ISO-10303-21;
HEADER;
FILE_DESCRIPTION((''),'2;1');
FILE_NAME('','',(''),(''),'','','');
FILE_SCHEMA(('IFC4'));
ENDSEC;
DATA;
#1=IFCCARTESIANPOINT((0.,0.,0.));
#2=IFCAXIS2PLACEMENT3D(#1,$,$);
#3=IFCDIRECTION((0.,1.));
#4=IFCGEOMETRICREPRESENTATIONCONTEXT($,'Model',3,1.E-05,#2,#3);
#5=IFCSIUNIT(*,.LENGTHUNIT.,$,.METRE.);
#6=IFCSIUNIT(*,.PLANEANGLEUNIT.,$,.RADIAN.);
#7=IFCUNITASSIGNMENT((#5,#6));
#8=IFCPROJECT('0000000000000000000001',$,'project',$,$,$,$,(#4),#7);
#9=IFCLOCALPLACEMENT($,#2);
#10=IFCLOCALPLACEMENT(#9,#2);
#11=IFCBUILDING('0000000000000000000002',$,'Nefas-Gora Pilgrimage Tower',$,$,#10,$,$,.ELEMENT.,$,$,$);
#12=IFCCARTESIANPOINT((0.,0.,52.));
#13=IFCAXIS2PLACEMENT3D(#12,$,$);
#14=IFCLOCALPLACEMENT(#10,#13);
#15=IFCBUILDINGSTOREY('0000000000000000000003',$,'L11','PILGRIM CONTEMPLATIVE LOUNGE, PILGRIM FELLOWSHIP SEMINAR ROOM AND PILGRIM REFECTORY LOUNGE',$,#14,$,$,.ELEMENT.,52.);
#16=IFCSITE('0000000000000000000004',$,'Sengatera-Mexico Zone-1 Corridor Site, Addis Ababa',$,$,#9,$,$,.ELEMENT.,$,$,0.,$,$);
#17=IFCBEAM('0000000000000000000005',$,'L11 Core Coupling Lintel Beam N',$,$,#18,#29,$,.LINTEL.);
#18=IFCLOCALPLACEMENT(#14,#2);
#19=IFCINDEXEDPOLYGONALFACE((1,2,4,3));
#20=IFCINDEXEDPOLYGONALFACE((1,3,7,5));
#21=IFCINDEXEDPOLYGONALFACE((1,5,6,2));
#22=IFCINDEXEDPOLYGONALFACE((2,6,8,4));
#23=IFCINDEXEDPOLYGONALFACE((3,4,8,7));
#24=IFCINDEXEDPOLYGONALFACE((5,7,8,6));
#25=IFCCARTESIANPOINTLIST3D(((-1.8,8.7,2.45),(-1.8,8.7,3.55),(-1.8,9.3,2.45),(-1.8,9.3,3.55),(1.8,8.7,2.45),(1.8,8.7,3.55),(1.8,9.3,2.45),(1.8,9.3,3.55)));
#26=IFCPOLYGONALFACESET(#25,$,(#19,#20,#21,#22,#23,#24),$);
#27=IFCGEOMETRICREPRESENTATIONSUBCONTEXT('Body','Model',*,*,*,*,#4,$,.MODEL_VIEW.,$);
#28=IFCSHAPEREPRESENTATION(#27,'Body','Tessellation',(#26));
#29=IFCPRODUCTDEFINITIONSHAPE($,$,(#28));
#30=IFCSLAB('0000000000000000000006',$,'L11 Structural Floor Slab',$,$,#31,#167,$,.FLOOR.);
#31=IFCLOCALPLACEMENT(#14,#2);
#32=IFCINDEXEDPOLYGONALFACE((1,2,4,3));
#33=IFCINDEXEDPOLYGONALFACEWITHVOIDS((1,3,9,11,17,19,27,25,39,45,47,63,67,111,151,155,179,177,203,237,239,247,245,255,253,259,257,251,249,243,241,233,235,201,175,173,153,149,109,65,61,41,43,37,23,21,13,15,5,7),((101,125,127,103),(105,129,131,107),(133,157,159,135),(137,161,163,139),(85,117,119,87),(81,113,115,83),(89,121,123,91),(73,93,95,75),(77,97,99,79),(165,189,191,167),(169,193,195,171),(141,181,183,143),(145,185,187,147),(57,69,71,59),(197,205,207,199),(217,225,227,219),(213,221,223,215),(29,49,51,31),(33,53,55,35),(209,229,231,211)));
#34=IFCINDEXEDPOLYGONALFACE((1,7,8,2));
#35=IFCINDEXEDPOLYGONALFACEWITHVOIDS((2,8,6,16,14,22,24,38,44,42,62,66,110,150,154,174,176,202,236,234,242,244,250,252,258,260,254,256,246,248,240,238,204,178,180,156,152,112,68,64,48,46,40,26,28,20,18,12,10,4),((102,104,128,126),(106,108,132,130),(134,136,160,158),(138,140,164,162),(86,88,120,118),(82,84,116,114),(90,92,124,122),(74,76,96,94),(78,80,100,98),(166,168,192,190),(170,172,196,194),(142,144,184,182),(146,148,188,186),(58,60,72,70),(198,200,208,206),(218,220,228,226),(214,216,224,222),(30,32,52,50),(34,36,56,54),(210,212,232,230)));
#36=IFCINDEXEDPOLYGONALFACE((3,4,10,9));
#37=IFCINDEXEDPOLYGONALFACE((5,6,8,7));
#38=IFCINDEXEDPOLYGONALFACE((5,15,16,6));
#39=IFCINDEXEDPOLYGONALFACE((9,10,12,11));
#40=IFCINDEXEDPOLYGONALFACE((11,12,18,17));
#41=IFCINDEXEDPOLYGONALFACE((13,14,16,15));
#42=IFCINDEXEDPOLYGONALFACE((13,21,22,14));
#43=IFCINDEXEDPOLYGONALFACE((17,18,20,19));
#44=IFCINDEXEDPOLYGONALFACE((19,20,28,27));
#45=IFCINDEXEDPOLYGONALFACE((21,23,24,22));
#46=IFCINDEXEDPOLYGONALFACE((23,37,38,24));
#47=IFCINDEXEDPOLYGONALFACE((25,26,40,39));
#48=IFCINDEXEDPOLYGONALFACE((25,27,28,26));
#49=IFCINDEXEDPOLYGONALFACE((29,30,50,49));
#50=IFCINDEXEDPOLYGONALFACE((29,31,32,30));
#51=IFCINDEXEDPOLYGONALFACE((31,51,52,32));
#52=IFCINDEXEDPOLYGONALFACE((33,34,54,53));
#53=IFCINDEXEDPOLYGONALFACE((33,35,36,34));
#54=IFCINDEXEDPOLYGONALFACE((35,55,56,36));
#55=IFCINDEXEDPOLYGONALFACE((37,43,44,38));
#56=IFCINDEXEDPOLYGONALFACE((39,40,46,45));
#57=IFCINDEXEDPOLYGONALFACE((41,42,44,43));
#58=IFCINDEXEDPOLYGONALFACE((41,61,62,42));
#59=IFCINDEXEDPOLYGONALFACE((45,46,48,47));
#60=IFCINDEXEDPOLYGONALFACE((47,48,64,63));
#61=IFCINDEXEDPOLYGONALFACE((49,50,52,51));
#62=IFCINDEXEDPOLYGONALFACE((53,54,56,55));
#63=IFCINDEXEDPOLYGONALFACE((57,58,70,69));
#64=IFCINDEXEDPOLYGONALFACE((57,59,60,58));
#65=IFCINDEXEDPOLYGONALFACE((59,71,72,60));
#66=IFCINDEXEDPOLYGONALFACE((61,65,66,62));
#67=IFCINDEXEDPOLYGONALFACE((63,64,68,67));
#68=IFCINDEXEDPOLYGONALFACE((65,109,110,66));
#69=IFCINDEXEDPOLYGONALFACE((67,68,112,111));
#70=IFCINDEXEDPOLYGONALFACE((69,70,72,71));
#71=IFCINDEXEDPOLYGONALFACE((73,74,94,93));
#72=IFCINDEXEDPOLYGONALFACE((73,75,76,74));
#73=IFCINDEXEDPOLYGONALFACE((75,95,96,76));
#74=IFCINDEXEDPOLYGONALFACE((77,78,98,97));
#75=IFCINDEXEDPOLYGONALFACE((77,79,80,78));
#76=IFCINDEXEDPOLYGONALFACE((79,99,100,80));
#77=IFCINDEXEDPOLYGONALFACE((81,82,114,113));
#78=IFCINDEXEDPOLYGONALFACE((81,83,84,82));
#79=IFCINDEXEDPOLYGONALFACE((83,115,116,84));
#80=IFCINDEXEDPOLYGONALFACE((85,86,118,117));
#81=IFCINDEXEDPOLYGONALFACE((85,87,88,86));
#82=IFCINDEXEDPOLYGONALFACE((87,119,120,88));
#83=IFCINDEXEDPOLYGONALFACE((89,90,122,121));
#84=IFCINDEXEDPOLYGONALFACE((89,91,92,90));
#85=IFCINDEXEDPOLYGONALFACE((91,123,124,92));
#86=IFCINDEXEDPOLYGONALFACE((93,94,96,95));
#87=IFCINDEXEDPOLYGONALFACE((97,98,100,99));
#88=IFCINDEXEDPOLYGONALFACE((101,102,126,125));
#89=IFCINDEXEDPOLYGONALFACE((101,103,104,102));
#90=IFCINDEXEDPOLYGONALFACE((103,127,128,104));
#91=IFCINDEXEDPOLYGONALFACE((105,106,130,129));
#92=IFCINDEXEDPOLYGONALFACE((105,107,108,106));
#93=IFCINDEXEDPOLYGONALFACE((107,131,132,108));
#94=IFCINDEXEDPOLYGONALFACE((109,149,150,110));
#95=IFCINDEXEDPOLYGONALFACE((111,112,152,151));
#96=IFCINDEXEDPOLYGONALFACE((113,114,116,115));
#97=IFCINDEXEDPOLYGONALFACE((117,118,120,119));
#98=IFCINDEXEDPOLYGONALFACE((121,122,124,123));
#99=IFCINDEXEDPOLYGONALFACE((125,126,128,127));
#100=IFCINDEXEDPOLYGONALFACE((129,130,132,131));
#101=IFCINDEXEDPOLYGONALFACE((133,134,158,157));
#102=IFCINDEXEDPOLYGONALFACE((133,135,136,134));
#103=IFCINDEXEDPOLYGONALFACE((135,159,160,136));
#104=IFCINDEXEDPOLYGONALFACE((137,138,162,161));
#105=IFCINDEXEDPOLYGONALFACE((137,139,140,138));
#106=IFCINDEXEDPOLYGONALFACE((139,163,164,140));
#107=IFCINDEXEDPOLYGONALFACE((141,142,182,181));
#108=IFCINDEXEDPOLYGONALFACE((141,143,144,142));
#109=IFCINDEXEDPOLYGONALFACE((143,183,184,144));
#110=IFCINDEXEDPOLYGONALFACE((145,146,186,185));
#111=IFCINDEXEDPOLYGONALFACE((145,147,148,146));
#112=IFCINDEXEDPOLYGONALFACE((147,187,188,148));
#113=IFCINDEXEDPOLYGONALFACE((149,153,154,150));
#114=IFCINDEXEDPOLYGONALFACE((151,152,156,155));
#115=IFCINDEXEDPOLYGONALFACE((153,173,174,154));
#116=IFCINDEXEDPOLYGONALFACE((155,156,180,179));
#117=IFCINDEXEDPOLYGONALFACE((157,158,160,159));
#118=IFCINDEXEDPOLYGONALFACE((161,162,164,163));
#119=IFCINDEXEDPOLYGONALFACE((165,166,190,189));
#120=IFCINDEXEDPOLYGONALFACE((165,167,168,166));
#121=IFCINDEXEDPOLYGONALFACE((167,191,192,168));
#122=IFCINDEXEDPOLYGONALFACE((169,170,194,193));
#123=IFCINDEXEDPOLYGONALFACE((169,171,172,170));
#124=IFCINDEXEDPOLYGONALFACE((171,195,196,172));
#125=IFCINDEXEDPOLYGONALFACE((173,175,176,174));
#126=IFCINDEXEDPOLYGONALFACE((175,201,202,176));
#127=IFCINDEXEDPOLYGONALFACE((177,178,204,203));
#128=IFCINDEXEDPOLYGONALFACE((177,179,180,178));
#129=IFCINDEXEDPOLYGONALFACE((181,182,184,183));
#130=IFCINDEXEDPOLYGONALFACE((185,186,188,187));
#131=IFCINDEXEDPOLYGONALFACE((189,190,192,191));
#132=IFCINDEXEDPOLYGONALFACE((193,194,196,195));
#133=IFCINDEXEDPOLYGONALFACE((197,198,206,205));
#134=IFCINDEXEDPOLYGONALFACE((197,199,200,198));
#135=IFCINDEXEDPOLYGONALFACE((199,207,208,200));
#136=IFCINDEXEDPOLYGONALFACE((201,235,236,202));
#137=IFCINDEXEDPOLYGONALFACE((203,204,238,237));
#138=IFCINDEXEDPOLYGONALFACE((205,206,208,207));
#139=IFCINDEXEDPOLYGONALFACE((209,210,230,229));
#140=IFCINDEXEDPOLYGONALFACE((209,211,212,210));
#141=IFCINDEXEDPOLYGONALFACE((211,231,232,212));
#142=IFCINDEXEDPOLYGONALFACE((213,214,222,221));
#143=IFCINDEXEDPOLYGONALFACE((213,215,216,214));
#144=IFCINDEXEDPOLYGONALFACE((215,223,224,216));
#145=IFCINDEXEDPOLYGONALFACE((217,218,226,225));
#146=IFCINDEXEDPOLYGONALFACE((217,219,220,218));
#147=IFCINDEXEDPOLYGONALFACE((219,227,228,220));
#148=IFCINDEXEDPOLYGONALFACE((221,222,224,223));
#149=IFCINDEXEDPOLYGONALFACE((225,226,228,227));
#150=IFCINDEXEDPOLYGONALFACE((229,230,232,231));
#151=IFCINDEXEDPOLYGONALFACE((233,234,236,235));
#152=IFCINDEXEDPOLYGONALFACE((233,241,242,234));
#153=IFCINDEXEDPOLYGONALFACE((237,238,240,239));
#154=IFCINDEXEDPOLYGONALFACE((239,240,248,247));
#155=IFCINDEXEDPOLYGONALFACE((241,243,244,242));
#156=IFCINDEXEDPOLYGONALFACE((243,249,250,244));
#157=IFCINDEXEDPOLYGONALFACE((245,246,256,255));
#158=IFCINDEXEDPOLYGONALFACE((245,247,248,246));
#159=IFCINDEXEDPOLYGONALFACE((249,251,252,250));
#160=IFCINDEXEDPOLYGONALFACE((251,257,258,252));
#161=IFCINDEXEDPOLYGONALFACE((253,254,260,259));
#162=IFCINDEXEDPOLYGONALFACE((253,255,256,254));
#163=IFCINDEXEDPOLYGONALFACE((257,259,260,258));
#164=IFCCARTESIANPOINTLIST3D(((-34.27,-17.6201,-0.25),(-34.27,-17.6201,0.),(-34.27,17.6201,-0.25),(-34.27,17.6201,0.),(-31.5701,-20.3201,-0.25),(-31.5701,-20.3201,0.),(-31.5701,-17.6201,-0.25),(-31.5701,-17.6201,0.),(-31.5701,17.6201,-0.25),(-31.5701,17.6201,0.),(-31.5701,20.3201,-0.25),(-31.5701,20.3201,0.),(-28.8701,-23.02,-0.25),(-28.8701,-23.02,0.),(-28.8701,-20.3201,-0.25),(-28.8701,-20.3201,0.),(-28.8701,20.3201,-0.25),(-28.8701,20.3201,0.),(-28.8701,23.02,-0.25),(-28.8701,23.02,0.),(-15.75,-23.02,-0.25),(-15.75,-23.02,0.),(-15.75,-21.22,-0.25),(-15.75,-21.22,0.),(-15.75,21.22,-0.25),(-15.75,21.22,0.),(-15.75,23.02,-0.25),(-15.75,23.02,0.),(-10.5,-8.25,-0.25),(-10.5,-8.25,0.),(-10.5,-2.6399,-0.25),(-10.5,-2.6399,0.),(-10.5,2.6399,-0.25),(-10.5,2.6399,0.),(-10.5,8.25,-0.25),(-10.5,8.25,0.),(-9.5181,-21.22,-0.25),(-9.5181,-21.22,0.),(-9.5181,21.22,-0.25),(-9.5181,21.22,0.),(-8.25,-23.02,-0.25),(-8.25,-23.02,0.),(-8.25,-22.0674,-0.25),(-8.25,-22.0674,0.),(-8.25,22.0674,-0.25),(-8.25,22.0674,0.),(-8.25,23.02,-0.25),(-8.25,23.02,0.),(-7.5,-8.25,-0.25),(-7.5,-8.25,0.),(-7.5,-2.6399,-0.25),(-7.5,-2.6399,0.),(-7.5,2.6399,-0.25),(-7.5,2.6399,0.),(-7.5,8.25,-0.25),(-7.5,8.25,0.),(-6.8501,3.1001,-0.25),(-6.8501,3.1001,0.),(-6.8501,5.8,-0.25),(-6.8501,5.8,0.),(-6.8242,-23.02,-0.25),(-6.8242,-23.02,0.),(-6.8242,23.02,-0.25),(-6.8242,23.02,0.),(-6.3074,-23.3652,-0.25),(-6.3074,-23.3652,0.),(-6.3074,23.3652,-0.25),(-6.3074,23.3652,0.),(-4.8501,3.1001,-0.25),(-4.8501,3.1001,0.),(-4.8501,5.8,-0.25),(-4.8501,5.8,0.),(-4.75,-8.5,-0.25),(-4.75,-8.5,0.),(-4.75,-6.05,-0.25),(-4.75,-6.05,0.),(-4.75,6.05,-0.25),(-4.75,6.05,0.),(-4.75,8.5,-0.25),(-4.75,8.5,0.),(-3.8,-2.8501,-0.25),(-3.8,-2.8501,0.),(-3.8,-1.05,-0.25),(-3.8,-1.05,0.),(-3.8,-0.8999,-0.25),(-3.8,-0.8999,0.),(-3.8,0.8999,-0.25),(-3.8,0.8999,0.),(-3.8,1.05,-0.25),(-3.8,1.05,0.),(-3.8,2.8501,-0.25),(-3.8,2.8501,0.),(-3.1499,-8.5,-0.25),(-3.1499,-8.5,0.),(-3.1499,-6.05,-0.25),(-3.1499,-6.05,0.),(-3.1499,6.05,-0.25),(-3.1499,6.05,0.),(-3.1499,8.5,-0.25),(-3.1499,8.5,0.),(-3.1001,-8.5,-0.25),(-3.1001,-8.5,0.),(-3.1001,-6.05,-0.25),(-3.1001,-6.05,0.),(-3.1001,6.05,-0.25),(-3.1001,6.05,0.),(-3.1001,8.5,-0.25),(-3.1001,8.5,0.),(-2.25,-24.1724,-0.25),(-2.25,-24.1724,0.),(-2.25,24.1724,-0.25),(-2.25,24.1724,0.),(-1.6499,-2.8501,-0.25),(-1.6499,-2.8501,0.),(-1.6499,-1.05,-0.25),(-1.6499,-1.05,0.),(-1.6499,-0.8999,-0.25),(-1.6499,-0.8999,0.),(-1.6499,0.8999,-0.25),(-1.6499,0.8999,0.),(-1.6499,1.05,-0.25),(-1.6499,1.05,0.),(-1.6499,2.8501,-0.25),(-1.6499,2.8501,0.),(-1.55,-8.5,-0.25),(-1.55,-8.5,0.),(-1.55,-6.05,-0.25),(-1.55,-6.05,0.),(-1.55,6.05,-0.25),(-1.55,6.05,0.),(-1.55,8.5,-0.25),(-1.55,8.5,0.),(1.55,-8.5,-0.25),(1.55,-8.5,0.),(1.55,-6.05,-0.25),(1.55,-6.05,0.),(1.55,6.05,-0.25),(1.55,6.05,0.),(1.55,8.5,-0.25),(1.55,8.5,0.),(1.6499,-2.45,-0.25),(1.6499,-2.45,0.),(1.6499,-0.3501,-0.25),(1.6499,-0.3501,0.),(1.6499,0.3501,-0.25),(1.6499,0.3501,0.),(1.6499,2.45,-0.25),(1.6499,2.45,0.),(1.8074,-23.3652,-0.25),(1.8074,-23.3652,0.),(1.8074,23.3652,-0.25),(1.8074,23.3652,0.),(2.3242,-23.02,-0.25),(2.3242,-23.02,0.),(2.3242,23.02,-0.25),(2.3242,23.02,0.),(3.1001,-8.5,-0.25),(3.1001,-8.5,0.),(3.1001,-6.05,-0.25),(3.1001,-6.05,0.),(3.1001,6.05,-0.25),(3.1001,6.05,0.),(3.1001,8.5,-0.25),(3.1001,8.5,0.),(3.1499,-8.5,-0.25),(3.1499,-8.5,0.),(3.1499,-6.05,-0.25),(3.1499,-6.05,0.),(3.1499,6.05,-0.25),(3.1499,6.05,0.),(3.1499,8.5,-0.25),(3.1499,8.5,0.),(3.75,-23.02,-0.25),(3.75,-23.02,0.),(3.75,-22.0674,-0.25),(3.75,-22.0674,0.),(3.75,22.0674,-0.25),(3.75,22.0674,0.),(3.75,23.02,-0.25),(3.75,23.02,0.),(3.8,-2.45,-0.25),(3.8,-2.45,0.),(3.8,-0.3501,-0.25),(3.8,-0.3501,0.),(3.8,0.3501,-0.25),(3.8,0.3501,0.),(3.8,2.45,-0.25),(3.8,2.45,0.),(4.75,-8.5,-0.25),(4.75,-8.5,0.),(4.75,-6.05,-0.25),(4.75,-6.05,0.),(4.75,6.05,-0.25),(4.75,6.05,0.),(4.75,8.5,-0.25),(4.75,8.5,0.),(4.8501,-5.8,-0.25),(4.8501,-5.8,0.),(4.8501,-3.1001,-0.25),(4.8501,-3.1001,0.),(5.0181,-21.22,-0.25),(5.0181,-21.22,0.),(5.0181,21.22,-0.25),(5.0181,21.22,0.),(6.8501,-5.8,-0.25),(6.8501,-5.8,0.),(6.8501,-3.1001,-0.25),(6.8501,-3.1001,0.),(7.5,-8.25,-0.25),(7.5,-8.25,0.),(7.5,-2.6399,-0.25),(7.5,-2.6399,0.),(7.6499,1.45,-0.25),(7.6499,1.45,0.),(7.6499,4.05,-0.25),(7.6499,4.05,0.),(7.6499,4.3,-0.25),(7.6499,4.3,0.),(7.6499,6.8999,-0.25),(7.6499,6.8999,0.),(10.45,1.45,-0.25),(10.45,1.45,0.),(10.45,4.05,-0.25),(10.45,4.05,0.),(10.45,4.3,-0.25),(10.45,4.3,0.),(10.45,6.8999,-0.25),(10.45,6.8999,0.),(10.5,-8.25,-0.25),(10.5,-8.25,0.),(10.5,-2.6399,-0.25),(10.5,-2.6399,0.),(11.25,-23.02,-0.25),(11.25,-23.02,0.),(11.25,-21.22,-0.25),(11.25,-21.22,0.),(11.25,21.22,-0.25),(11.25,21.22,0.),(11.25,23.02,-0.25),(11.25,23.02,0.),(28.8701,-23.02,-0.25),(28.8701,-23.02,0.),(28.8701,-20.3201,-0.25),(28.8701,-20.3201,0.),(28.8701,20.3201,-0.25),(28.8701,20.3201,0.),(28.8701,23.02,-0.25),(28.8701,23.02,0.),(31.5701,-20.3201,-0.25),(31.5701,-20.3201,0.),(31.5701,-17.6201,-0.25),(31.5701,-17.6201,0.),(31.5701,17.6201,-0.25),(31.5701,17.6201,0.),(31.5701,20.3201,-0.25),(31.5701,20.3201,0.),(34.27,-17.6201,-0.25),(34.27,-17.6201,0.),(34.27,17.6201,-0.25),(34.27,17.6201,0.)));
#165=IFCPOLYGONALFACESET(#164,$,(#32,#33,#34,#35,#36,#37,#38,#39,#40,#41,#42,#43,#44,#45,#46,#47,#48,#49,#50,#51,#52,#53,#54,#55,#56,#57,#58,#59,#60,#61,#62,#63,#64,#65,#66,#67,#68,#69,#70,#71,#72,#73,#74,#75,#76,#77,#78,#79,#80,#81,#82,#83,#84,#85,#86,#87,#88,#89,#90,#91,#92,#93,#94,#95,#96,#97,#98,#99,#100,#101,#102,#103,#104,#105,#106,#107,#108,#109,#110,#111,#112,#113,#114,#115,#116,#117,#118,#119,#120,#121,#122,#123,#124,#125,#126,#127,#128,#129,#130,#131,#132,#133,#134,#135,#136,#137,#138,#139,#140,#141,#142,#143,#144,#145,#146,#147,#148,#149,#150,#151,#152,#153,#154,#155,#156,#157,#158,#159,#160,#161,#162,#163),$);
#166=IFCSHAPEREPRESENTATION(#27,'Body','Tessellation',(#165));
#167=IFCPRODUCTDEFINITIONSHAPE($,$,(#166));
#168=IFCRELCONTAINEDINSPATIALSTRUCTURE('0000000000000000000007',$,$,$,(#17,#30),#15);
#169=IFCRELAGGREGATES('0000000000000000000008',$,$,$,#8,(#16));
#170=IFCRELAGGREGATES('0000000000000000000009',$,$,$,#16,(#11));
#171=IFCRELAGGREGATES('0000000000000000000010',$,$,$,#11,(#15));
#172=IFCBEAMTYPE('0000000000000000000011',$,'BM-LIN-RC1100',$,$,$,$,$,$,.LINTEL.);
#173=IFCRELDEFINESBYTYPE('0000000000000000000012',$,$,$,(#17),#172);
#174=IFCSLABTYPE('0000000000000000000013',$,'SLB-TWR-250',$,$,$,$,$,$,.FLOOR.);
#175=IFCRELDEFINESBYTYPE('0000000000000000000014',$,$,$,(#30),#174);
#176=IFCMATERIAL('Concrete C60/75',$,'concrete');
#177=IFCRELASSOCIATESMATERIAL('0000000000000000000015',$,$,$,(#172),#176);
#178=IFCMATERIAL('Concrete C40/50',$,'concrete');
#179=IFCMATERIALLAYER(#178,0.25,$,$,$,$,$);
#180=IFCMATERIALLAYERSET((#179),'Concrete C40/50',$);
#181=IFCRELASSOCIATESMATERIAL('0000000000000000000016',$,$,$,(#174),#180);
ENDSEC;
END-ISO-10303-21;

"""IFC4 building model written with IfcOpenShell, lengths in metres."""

from ifc_helpers import new_model, si_unit, direction, frame, origin, origin_2d, place, context, subcontext, project, spatial, polyline, rectangle, outline, extrude, source, transform, mapped, material, layer, layer_set, material_profile, profile_set, type_object, element, save


model = new_model("IFC4")

# Units and contexts
model_context = context("Model", 3, precision=1e-05, world=origin(), true_north=direction((0.0, 1.0)))
body_context = subcontext(model_context, "Body", "Model", "MODEL_VIEW")
ifc_project = project(units=[si_unit("LENGTHUNIT", "METRE"), si_unit("PLANEANGLEUNIT", "RADIAN")], contexts=[model_context])

# Site, building, storey
site_placement = place(None, origin())
site = spatial("IfcSite", under=ifc_project, at=site_placement, Name="Sengatera-Mexico Zone-1 Corridor Site, Addis Ababa", CompositionType="ELEMENT", RefElevation=0.0)
building_placement = place(site_placement, origin())
building = spatial("IfcBuilding", under=site, at=building_placement, Name="Nefas-Gora Pilgrimage Tower", CompositionType="ELEMENT")
storey_placement = place(building_placement, frame((0.0, 0.0, 52.0)))
storey = spatial("IfcBuildingStorey", under=building, at=storey_placement, Name="L11", Description="PILGRIM CONTEMPLATIVE LOUNGE, PILGRIM FELLOWSHIP SEMINAR ROOM AND PILGRIM REFECTORY LOUNGE", CompositionType="ELEMENT", Elevation=52.0)

# Beam
ifc_material_1 = material(Name="Concrete C60/75", Category="concrete")
ifc_material_profile = material_profile(ifc_material_1, rectangle(XDim=0.6001, YDim=1.1001, at=origin_2d()), Name="RC 600x1100")
ifc_profile_set = profile_set([ifc_material_profile], Name="Concrete C60/75")
beam_type = type_object("IfcBeamType", Name="BM-LIN-RC1100", PredefinedType="LINTEL", material=ifc_profile_set)
shared_shape_1 = source(origin(), body_context, "Body", "SweptSolid", [
    extrude(rectangle(XDim=0.6001, YDim=1.1001, at=origin_2d()), origin(), (0.0, 0.0, 1.0), 3.6001),
])
beam_placement = place(storey_placement, frame((-1.8, 9.0, 3.0), z_axis=(1.0, 0.0, 0.0), x_axis=(0.0, 1.0, 0.0)))
element("IfcBeam", 1, at=beam_placement, inside=storey, type_object=beam_type, Name="L11 Core Coupling Lintel Beam N", PredefinedType="LINTEL", context=body_context, shape_type="MappedRepresentation", body=[
    mapped(shared_shape_1, transform((0.0, 0.0, 0.0), x_axis=(1.0, 0.0, 0.0), y_axis=(0.0, 1.0, 0.0), z_axis=(0.0, 0.0, 1.0), scale=1.0)),
])

# Slab
ifc_material_2 = material(Name="Concrete C40/50", Category="concrete")
ifc_layer_1 = layer(ifc_material_2, 0.25)
ifc_layer_set_1 = layer_set([ifc_layer_1], Name="Concrete C40/50")
slab_type_1 = type_object("IfcSlabType", Name="SLB-TWR-250", PredefinedType="FLOOR", material=ifc_layer_set_1)
slab_1_placement = place(storey_placement, frame((0.0, 0.0, -0.25)))
element("IfcSlab", 2, at=slab_1_placement, inside=storey, type_object=slab_type_1, Name="L11 Structural Floor Slab", PredefinedType="FLOOR", context=body_context, shape_type="SweptSolid", body=[
    extrude(outline(polyline([(5.0181, -21.22), (11.25, -21.22), (11.25, -23.02), (28.8701, -23.02), (28.8701, -20.3201), (31.5701, -20.3201), (31.5701, -17.6201), (34.27, -17.6201), (34.27, 17.6201), (31.5701, 17.6201), (31.5701, 20.3201), (28.8701, 20.3201), (28.8701, 23.02), (11.25, 23.02), (11.25, 21.22), (5.0181, 21.22), (3.75, 22.0674), (3.75, 23.02), (2.3242, 23.02), (1.8074, 23.3652), (-2.25, 24.1724), (-6.3074, 23.3652), (-6.8242, 23.02), (-8.25, 23.02), (-8.25, 22.0674), (-9.5181, 21.22), (-15.75, 21.22), (-15.75, 23.02), (-28.8701, 23.02), (-28.8701, 20.3201), (-31.5701, 20.3201), (-31.5701, 17.6201), (-34.27, 17.6201), (-34.27, -17.6201), (-31.5701, -17.6201), (-31.5701, -20.3201), (-28.8701, -20.3201), (-28.8701, -23.02), (-15.75, -23.02), (-15.75, -21.22), (-9.5181, -21.22), (-8.25, -22.0674), (-8.25, -23.02), (-6.8242, -23.02), (-6.3074, -23.3652), (-2.25, -24.1724), (1.8074, -23.3652), (2.3242, -23.02), (3.75, -23.02), (3.75, -22.0674), (5.0181, -21.22)]), holes=[polyline([(-10.5, 2.6399), (-10.5, 8.25), (-7.5, 8.25), (-7.5, 2.6399), (-10.5, 2.6399)]), polyline([(10.5, -2.6399), (10.5, -8.25), (7.5, -8.25), (7.5, -2.6399), (10.5, -2.6399)]), polyline([(-7.5, -2.6399), (-7.5, -8.25), (-10.5, -8.25), (-10.5, -2.6399), (-7.5, -2.6399)]), polyline([(-6.8501, 5.8), (-4.8501, 5.8), (-4.8501, 3.1001), (-6.8501, 3.1001), (-6.8501, 5.8)]), polyline([(4.8501, -3.1001), (6.8501, -3.1001), (6.8501, -5.8), (4.8501, -5.8), (4.8501, -3.1001)]), polyline([(7.6499, 4.05), (10.45, 4.05), (10.45, 1.45), (7.6499, 1.45), (7.6499, 4.05)]), polyline([(7.6499, 6.8999), (10.45, 6.8999), (10.45, 4.3), (7.6499, 4.3), (7.6499, 6.8999)]), polyline([(-4.75, 8.5), (-3.1499, 8.5), (-3.1499, 6.05), (-4.75, 6.05), (-4.75, 8.5)]), polyline([(-3.1001, 8.5), (-1.55, 8.5), (-1.55, 6.05), (-3.1001, 6.05), (-3.1001, 8.5)]), polyline([(1.55, 8.5), (3.1001, 8.5), (3.1001, 6.05), (1.55, 6.05), (1.55, 8.5)]), polyline([(3.1499, 8.5), (4.75, 8.5), (4.75, 6.05), (3.1499, 6.05), (3.1499, 8.5)]), polyline([(-4.75, -6.05), (-3.1499, -6.05), (-3.1499, -8.5), (-4.75, -8.5), (-4.75, -6.05)]), polyline([(-3.1001, -6.05), (-1.55, -6.05), (-1.55, -8.5), (-3.1001, -8.5), (-3.1001, -6.05)]), polyline([(1.55, -6.05), (3.1001, -6.05), (3.1001, -8.5), (1.55, -8.5), (1.55, -6.05)]), polyline([(3.1499, -6.05), (4.75, -6.05), (4.75, -8.5), (3.1499, -8.5), (3.1499, -6.05)]), polyline([(-3.8, -1.05), (-1.6499, -1.05), (-1.6499, -2.8501), (-3.8, -2.8501), (-3.8, -1.05)]), polyline([(-3.8, 0.8999), (-1.6499, 0.8999), (-1.6499, -0.8999), (-3.8, -0.8999), (-3.8, 0.8999)]), polyline([(-3.8, 2.8501), (-1.6499, 2.8501), (-1.6499, 1.05), (-3.8, 1.05), (-3.8, 2.8501)]), polyline([(1.6499, -0.3501), (3.8, -0.3501), (3.8, -2.45), (1.6499, -2.45), (1.6499, -0.3501)]), polyline([(1.6499, 2.45), (3.8, 2.45), (3.8, 0.3501), (1.6499, 0.3501), (1.6499, 2.45)])]), origin(), (0.0, 0.0, 1.0), 0.25),
])

save(model, "model.ifc")
